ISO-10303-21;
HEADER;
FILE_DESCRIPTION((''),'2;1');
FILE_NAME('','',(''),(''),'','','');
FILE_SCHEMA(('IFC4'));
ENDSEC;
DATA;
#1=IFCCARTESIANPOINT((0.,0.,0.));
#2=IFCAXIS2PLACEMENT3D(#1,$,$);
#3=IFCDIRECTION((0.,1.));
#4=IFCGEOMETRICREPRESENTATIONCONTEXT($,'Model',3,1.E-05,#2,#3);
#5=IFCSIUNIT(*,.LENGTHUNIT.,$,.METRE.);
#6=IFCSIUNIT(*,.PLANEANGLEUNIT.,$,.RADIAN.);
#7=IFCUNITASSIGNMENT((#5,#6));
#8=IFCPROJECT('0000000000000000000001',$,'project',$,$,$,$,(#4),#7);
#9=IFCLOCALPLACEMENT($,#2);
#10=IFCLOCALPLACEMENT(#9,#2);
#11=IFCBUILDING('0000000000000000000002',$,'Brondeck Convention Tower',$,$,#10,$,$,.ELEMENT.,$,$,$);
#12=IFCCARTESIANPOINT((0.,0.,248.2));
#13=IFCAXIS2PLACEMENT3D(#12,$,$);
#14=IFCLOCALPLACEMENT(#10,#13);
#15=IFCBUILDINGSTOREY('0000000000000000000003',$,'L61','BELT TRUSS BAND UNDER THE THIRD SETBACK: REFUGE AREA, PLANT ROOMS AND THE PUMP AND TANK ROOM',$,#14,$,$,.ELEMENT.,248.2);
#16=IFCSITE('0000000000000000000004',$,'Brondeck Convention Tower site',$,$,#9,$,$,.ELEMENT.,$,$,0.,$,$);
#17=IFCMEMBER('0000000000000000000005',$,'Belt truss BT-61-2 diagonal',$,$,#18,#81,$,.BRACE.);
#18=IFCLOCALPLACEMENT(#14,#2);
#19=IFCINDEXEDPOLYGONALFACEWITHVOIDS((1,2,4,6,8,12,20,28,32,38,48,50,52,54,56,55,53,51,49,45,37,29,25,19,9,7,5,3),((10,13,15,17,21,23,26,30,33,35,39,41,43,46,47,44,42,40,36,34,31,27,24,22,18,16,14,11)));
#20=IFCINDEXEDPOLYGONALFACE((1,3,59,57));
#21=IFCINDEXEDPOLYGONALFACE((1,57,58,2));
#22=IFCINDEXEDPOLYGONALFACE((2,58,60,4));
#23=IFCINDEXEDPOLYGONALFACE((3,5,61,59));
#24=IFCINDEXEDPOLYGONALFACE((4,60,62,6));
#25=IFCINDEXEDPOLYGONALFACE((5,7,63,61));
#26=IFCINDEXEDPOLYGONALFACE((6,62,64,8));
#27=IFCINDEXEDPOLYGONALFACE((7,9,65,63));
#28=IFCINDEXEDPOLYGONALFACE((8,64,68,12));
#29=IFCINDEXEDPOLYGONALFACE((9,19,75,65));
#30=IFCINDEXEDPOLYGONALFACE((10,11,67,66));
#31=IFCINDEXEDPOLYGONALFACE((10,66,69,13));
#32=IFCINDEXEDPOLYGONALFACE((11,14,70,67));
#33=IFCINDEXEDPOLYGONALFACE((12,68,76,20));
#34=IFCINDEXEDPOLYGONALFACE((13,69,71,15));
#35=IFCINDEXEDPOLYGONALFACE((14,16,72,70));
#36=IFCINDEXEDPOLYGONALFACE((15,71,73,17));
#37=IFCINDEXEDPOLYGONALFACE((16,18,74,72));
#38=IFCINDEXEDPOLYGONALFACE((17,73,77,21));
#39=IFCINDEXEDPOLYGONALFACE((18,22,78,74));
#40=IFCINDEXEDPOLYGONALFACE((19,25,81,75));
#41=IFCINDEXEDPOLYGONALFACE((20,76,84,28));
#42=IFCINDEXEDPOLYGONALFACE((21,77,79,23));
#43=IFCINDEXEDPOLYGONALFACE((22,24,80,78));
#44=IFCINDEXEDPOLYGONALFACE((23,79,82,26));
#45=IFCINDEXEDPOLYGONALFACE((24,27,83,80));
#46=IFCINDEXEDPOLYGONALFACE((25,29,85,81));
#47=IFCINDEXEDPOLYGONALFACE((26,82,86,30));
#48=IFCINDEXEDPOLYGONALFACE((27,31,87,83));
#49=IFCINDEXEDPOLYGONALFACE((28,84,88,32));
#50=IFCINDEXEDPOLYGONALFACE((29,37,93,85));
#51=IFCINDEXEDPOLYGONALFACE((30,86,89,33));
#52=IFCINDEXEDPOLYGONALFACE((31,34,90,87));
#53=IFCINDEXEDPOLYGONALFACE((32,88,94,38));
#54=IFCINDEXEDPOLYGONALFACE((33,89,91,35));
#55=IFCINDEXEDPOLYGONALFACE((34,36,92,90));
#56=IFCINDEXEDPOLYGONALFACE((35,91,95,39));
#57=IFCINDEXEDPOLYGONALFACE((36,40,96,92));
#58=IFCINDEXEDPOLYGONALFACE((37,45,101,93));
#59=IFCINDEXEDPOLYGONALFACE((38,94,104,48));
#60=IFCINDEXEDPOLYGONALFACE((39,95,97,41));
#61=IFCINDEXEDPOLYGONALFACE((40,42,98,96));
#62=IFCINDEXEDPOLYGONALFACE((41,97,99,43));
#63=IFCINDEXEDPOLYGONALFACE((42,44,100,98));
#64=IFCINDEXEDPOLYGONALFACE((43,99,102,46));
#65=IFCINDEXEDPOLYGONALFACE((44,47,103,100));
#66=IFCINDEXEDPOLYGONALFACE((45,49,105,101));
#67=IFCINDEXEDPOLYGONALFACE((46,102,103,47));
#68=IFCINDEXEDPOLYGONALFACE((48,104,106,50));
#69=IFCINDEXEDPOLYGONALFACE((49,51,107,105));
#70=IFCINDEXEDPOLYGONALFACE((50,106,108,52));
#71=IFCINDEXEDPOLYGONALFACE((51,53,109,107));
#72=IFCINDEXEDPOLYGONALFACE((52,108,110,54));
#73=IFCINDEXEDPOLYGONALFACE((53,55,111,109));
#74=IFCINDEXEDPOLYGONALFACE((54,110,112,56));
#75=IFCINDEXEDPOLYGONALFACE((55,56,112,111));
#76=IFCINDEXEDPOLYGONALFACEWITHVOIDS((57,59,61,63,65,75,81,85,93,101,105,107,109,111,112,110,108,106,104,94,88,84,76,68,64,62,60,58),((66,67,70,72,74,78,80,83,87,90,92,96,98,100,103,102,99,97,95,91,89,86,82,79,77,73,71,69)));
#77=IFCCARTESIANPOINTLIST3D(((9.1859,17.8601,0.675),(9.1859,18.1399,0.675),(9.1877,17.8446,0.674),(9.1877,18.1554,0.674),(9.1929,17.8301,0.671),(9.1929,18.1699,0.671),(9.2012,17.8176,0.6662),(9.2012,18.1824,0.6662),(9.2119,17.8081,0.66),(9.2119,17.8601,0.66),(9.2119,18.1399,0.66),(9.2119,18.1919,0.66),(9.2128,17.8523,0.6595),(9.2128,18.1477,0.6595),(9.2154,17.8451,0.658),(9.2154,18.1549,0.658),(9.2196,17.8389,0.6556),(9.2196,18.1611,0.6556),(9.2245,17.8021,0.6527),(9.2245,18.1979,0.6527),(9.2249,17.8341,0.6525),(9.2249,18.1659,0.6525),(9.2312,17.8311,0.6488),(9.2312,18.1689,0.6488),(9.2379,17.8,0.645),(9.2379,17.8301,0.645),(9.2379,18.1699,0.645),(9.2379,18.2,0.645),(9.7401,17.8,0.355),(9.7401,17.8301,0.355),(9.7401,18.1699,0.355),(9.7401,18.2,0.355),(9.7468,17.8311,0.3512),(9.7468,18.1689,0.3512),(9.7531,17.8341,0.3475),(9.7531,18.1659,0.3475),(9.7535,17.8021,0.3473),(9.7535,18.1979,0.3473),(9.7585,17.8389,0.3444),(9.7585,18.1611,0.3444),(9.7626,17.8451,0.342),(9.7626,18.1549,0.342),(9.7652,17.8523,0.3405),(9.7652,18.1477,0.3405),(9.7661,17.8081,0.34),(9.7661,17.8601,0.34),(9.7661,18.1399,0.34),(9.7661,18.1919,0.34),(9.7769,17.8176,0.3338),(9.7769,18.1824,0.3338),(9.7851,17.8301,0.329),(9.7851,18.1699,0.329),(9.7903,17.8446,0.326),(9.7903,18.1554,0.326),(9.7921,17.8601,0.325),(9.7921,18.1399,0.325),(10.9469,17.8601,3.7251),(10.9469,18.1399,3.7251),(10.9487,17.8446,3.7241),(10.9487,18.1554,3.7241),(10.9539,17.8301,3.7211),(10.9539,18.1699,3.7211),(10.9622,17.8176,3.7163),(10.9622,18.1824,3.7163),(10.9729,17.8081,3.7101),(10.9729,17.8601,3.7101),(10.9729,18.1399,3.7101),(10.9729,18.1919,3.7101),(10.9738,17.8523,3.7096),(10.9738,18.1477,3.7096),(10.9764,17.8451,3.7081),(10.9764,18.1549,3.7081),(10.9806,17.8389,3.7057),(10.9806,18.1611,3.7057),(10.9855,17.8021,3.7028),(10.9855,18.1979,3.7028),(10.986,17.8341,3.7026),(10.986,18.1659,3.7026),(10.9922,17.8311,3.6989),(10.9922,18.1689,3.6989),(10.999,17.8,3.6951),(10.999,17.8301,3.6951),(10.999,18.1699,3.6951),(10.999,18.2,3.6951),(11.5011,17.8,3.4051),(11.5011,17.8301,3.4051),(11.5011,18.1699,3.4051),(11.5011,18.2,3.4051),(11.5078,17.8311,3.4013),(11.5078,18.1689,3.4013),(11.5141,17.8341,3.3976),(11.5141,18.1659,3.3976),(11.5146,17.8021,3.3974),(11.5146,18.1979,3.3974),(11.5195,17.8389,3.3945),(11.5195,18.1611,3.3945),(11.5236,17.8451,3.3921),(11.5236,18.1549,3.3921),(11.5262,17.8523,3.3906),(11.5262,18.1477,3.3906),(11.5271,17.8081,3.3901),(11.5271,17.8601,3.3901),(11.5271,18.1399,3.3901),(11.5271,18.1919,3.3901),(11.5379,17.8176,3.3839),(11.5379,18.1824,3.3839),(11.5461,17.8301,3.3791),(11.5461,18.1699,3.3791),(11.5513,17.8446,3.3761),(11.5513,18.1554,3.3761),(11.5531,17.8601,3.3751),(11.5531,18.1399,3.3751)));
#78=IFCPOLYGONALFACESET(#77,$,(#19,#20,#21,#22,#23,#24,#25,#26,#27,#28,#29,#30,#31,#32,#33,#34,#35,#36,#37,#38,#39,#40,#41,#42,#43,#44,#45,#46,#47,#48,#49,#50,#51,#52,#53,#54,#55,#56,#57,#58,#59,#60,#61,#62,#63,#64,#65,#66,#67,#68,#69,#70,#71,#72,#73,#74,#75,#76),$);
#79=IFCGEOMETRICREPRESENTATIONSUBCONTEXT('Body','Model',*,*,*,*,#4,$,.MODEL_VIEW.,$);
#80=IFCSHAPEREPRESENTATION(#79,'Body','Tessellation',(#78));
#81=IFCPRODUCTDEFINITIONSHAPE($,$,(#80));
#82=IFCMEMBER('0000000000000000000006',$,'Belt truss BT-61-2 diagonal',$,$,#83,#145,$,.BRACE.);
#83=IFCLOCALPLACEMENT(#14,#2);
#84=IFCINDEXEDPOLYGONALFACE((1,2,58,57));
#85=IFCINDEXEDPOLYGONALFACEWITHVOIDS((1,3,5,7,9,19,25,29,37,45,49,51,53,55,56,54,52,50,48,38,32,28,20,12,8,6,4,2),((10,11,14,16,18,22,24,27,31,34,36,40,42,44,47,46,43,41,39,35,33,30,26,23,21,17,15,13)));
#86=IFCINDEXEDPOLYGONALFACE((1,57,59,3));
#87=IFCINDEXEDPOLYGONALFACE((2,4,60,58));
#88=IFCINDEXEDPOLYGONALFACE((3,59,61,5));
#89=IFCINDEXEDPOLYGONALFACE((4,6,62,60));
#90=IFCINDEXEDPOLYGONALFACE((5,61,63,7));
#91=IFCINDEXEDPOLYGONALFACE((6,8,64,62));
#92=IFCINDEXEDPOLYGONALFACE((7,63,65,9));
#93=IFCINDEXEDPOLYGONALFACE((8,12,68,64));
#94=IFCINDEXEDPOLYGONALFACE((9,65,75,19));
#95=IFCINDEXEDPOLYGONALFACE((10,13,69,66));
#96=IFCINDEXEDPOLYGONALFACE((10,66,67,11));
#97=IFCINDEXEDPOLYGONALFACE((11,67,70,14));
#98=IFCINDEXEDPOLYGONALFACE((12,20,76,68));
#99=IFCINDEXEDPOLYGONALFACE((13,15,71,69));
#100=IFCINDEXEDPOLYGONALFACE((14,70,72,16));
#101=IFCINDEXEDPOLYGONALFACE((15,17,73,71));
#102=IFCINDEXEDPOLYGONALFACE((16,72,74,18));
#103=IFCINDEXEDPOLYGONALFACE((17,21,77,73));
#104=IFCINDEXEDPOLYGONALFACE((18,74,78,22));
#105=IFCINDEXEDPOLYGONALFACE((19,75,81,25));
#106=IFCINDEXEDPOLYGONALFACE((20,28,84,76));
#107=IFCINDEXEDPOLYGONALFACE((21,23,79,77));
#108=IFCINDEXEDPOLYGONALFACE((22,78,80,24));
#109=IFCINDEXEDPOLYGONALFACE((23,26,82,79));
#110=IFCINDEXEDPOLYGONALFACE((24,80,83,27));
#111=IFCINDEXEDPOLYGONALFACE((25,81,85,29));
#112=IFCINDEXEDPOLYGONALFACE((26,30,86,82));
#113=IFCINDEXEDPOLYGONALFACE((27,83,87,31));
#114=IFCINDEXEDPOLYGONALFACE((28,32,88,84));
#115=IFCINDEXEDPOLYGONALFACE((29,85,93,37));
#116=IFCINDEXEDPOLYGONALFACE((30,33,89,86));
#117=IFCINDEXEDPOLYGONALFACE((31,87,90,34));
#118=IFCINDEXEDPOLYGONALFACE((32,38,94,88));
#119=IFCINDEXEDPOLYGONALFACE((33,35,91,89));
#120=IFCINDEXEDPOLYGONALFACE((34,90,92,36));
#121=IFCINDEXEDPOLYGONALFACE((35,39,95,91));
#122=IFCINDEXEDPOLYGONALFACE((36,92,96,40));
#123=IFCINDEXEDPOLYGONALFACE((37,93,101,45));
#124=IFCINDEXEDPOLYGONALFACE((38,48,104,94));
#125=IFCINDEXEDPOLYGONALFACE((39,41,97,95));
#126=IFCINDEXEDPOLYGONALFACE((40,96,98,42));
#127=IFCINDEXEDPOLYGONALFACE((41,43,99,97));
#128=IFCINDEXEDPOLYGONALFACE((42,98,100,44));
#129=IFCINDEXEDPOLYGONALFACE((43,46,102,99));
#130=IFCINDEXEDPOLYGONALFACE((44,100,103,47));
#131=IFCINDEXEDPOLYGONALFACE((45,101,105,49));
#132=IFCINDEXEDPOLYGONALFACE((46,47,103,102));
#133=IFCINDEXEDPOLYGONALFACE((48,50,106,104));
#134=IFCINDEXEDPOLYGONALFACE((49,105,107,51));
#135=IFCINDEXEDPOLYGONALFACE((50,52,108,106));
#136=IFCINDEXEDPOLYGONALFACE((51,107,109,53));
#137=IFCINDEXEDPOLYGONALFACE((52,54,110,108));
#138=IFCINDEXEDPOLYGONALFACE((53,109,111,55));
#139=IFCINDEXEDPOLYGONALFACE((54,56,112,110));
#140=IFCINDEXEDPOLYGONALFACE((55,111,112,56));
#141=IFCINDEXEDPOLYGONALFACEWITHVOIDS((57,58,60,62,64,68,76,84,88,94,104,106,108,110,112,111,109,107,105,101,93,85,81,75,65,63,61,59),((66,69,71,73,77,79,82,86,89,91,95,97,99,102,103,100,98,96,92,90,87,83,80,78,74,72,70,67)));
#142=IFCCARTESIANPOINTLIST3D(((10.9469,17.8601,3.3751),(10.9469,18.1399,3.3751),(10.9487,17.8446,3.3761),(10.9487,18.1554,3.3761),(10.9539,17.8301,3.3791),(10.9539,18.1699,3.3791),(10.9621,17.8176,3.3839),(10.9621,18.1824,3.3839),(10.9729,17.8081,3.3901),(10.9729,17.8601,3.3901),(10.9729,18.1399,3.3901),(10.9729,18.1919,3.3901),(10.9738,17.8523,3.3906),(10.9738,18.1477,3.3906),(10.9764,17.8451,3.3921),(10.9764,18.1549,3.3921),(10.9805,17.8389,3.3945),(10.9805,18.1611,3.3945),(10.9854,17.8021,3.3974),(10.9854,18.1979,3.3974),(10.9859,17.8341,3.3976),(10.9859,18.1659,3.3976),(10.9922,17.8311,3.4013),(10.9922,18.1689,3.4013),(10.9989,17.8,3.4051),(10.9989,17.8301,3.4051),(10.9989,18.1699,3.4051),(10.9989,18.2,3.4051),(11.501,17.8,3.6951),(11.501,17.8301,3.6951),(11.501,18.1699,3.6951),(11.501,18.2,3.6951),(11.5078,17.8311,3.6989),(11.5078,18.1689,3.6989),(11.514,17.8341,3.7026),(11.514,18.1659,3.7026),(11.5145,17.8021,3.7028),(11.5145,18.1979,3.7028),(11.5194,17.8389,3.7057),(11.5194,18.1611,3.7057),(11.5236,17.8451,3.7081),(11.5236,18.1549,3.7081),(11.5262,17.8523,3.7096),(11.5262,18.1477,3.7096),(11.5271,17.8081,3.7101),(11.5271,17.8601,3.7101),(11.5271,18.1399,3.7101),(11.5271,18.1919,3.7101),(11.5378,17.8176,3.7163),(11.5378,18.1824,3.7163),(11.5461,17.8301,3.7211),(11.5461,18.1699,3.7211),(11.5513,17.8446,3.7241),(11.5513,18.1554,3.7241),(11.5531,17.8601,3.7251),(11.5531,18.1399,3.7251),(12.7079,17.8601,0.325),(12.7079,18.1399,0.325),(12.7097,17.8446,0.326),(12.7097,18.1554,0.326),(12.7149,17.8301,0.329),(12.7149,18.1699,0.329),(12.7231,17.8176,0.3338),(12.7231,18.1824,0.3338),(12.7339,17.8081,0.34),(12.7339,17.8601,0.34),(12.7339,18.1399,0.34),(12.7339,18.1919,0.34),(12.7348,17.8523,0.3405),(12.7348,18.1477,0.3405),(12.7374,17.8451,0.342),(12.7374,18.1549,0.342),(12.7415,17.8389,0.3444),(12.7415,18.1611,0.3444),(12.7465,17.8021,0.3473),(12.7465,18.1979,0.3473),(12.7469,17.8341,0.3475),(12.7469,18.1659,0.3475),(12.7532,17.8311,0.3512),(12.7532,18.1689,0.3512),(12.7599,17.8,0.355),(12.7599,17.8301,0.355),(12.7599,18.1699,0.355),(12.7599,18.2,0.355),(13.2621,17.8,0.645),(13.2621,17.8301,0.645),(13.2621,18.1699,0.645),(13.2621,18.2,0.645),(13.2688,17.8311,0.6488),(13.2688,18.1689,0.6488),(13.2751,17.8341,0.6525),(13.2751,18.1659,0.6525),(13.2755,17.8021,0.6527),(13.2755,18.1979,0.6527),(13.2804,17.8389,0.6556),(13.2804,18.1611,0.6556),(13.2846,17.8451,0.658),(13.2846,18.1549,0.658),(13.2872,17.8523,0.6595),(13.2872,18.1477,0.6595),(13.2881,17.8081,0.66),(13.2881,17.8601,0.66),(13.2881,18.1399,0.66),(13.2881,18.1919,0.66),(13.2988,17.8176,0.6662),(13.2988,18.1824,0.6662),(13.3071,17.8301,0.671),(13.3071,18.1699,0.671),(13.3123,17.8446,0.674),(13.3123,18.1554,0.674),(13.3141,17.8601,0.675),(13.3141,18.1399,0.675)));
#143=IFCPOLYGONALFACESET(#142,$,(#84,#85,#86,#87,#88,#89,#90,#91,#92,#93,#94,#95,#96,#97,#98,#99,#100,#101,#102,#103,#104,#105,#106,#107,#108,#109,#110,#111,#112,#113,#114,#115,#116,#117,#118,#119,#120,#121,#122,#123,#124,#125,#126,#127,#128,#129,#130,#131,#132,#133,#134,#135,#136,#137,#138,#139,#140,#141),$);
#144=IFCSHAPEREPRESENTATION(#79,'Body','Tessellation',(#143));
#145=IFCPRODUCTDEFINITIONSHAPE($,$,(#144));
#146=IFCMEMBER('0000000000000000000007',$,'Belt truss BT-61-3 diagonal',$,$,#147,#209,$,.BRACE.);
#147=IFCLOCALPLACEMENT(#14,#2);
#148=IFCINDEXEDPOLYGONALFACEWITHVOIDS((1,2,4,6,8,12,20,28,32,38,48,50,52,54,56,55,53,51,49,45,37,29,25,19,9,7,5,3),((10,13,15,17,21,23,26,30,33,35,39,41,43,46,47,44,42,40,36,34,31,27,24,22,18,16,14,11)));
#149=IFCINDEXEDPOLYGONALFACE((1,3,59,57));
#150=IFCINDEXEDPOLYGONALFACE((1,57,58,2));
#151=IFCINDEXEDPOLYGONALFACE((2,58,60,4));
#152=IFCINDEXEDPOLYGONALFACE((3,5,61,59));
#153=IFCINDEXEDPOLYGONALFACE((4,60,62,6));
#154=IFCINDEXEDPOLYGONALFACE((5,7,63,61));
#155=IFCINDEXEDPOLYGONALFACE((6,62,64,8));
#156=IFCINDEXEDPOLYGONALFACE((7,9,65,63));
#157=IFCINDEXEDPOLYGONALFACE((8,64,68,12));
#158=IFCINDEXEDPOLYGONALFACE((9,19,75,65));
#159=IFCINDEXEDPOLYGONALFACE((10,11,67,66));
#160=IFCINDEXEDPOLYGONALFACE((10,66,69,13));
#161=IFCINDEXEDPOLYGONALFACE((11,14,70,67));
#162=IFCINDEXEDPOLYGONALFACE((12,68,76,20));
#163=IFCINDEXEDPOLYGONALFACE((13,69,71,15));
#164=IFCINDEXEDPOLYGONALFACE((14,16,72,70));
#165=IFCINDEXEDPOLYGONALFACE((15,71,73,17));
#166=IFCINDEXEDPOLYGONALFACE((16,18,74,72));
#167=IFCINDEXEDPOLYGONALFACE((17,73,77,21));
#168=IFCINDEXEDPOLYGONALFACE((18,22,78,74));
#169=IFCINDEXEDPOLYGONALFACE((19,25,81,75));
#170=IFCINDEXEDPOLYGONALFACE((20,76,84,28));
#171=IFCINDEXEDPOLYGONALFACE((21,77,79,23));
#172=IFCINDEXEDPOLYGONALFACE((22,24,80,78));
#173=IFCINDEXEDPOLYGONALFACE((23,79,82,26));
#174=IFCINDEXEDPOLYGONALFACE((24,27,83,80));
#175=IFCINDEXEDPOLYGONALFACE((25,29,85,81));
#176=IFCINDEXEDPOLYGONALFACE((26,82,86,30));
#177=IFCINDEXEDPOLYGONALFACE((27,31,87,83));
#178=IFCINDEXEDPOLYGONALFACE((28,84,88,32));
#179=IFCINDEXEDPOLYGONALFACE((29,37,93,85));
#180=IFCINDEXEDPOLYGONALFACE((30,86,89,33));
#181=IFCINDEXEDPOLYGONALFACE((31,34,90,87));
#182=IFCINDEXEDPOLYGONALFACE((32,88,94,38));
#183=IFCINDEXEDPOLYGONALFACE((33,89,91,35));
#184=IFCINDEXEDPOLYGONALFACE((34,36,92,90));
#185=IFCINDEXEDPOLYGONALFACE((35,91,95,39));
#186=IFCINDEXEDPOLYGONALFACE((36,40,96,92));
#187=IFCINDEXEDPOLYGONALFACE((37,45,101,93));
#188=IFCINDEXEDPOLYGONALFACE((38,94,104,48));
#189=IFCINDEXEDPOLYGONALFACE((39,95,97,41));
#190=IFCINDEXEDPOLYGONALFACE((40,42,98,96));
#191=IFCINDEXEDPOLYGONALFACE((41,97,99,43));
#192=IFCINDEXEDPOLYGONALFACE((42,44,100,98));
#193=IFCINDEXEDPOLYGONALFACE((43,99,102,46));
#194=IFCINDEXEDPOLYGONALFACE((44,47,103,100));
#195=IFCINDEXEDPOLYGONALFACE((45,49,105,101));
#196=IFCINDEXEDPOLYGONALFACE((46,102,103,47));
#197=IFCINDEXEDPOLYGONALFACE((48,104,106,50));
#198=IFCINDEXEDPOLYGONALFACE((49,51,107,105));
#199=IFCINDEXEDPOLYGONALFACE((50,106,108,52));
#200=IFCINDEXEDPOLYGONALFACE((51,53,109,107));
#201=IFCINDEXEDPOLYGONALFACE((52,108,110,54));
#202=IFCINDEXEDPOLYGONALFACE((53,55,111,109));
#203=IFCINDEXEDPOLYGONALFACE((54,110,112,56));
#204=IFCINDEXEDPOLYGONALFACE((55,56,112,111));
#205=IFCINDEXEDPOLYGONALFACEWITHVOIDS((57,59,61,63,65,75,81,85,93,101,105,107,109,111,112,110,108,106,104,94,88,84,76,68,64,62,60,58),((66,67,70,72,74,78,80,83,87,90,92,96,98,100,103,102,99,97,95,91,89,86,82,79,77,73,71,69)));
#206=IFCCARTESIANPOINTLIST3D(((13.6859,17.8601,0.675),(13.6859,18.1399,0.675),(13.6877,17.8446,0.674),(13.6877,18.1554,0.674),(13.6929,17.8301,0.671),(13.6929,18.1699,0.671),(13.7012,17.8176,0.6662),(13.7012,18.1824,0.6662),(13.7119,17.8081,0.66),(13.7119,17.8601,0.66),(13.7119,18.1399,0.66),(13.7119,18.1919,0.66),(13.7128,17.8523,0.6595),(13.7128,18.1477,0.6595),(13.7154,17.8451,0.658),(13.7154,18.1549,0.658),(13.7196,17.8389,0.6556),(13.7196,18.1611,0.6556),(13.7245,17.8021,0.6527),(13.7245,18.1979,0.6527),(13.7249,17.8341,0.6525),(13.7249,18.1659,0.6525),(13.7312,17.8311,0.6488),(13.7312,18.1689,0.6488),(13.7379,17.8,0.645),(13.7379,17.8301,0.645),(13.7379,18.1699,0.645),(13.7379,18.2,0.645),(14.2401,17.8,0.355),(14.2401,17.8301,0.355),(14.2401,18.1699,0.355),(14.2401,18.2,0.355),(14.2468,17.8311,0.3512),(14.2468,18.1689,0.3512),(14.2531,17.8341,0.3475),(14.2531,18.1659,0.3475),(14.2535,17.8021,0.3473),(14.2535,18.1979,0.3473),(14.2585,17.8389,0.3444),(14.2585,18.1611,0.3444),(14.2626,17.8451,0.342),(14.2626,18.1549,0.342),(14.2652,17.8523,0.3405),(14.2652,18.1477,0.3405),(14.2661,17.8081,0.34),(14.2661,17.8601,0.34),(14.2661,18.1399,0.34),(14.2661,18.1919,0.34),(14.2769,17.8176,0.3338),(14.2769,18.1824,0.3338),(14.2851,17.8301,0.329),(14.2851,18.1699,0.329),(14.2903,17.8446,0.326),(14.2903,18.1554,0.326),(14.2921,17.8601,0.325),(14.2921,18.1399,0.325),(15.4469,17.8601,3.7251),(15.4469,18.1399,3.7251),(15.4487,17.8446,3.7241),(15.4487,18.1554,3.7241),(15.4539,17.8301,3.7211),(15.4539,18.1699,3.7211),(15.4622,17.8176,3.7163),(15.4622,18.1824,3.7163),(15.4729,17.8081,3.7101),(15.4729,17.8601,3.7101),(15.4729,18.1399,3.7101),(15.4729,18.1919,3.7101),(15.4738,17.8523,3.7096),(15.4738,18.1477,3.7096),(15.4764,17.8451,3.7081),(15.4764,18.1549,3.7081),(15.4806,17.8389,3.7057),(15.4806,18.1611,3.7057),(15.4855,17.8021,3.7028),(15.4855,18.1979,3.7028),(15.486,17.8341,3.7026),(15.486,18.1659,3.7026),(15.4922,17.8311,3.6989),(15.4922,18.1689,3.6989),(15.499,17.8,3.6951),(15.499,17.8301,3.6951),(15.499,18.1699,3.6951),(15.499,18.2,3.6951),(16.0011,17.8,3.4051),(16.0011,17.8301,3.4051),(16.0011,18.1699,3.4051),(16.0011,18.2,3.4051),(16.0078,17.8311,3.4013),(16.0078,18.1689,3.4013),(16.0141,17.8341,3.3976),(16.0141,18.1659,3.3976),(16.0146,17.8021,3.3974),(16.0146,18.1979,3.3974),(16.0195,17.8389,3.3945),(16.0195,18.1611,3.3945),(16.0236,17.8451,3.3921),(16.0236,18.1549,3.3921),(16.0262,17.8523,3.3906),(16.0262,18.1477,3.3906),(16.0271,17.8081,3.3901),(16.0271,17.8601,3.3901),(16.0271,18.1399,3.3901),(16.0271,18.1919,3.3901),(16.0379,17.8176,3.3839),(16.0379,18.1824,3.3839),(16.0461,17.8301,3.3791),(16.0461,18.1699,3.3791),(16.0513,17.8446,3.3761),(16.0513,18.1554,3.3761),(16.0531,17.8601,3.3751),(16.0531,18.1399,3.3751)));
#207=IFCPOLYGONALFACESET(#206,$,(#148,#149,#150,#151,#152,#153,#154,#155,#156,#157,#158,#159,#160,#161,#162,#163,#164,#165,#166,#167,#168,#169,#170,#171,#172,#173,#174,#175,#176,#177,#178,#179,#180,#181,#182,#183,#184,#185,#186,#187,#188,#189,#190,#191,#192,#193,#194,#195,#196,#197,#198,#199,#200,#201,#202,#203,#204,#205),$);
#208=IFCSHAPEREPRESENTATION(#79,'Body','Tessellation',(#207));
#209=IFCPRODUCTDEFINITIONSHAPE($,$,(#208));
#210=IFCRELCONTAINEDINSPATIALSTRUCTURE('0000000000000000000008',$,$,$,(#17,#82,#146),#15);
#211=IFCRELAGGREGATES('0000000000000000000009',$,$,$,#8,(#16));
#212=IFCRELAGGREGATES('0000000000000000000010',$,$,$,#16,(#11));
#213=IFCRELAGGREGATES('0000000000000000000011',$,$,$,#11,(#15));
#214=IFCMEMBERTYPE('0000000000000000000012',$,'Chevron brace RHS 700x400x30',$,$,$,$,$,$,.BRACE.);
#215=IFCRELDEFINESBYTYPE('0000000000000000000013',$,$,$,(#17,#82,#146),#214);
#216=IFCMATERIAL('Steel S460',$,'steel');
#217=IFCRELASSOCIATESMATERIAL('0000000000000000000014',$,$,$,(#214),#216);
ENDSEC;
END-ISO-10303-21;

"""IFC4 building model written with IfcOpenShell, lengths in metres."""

from ifc_helpers import new_model, si_unit, direction, frame, origin, origin_2d, place, context, subcontext, project, spatial, hollow_rectangle, extrude, material, material_profile, profile_set, type_object, element, save


model = new_model("IFC4")

# Units and contexts
model_context = context("Model", 3, precision=1e-05, world=origin(), true_north=direction((0.0, 1.0)))
body_context = subcontext(model_context, "Body", "Model", "MODEL_VIEW")
ifc_project = project(units=[si_unit("LENGTHUNIT", "METRE"), si_unit("PLANEANGLEUNIT", "RADIAN")], contexts=[model_context])

# Site, building, storey
site_placement = place(None, origin())
site = spatial("IfcSite", under=ifc_project, at=site_placement, Name="Brondeck Convention Tower site", CompositionType="ELEMENT", RefElevation=0.0)
building_placement = place(site_placement, origin())
building = spatial("IfcBuilding", under=site, at=building_placement, Name="Brondeck Convention Tower", CompositionType="ELEMENT")
storey_placement = place(building_placement, frame((0.0, 0.0, 248.2)))
storey = spatial("IfcBuildingStorey", under=building, at=storey_placement, Name="L61", Description="BELT TRUSS BAND UNDER THE THIRD SETBACK: REFUGE AREA, PLANT ROOMS AND THE PUMP AND TANK ROOM", CompositionType="ELEMENT", Elevation=248.2)

# Members
ifc_material_1 = material(Name="Steel S460", Category="steel")
ifc_material_profile_1 = material_profile(ifc_material_1, hollow_rectangle(XDim=0.3999, YDim=0.7, WallThickness=0.03, InnerFilletRadius=0.03, OuterFilletRadius=0.0601, at=origin_2d()), Name="RHS 700x400x30")
ifc_profile_set_1 = profile_set([ifc_material_profile_1], Name="Steel S460")
member_type_1 = type_object("IfcMemberType", Name="Chevron brace RHS 700x400x30", PredefinedType="BRACE", material=ifc_profile_set_1)
for number, where, z_axis, x_axis, name in (
    (1, (9.489, 18.0, 0.5), (0.500008, 0.0, 0.866021), (0.0, 1.0, 0.0), "Belt truss BT-61-2 diagonal"),
    (2, (13.011, 18.0, 0.5), (-0.500008, 0.0, 0.866021), (0.0, -1.0, 0.0), "Belt truss BT-61-2 diagonal"),
    (3, (13.989, 18.0, 0.5), (0.500008, 0.0, 0.866021), (0.0, 1.0, 0.0), "Belt truss BT-61-3 diagonal"),
):
    element("IfcMember", number, at=place(storey_placement, frame(where, z_axis=z_axis, x_axis=x_axis)), inside=storey, type_object=member_type_1, Name=name, PredefinedType="BRACE", context=body_context, shape_type="SweptSolid", body=[
        extrude(hollow_rectangle(XDim=0.3999, YDim=0.7, WallThickness=0.03, InnerFilletRadius=0.03, OuterFilletRadius=0.0601, at=origin_2d()), origin(), (0.0, 0.0, 1.0), 3.522),
    ])

save(model, "model.ifc")
